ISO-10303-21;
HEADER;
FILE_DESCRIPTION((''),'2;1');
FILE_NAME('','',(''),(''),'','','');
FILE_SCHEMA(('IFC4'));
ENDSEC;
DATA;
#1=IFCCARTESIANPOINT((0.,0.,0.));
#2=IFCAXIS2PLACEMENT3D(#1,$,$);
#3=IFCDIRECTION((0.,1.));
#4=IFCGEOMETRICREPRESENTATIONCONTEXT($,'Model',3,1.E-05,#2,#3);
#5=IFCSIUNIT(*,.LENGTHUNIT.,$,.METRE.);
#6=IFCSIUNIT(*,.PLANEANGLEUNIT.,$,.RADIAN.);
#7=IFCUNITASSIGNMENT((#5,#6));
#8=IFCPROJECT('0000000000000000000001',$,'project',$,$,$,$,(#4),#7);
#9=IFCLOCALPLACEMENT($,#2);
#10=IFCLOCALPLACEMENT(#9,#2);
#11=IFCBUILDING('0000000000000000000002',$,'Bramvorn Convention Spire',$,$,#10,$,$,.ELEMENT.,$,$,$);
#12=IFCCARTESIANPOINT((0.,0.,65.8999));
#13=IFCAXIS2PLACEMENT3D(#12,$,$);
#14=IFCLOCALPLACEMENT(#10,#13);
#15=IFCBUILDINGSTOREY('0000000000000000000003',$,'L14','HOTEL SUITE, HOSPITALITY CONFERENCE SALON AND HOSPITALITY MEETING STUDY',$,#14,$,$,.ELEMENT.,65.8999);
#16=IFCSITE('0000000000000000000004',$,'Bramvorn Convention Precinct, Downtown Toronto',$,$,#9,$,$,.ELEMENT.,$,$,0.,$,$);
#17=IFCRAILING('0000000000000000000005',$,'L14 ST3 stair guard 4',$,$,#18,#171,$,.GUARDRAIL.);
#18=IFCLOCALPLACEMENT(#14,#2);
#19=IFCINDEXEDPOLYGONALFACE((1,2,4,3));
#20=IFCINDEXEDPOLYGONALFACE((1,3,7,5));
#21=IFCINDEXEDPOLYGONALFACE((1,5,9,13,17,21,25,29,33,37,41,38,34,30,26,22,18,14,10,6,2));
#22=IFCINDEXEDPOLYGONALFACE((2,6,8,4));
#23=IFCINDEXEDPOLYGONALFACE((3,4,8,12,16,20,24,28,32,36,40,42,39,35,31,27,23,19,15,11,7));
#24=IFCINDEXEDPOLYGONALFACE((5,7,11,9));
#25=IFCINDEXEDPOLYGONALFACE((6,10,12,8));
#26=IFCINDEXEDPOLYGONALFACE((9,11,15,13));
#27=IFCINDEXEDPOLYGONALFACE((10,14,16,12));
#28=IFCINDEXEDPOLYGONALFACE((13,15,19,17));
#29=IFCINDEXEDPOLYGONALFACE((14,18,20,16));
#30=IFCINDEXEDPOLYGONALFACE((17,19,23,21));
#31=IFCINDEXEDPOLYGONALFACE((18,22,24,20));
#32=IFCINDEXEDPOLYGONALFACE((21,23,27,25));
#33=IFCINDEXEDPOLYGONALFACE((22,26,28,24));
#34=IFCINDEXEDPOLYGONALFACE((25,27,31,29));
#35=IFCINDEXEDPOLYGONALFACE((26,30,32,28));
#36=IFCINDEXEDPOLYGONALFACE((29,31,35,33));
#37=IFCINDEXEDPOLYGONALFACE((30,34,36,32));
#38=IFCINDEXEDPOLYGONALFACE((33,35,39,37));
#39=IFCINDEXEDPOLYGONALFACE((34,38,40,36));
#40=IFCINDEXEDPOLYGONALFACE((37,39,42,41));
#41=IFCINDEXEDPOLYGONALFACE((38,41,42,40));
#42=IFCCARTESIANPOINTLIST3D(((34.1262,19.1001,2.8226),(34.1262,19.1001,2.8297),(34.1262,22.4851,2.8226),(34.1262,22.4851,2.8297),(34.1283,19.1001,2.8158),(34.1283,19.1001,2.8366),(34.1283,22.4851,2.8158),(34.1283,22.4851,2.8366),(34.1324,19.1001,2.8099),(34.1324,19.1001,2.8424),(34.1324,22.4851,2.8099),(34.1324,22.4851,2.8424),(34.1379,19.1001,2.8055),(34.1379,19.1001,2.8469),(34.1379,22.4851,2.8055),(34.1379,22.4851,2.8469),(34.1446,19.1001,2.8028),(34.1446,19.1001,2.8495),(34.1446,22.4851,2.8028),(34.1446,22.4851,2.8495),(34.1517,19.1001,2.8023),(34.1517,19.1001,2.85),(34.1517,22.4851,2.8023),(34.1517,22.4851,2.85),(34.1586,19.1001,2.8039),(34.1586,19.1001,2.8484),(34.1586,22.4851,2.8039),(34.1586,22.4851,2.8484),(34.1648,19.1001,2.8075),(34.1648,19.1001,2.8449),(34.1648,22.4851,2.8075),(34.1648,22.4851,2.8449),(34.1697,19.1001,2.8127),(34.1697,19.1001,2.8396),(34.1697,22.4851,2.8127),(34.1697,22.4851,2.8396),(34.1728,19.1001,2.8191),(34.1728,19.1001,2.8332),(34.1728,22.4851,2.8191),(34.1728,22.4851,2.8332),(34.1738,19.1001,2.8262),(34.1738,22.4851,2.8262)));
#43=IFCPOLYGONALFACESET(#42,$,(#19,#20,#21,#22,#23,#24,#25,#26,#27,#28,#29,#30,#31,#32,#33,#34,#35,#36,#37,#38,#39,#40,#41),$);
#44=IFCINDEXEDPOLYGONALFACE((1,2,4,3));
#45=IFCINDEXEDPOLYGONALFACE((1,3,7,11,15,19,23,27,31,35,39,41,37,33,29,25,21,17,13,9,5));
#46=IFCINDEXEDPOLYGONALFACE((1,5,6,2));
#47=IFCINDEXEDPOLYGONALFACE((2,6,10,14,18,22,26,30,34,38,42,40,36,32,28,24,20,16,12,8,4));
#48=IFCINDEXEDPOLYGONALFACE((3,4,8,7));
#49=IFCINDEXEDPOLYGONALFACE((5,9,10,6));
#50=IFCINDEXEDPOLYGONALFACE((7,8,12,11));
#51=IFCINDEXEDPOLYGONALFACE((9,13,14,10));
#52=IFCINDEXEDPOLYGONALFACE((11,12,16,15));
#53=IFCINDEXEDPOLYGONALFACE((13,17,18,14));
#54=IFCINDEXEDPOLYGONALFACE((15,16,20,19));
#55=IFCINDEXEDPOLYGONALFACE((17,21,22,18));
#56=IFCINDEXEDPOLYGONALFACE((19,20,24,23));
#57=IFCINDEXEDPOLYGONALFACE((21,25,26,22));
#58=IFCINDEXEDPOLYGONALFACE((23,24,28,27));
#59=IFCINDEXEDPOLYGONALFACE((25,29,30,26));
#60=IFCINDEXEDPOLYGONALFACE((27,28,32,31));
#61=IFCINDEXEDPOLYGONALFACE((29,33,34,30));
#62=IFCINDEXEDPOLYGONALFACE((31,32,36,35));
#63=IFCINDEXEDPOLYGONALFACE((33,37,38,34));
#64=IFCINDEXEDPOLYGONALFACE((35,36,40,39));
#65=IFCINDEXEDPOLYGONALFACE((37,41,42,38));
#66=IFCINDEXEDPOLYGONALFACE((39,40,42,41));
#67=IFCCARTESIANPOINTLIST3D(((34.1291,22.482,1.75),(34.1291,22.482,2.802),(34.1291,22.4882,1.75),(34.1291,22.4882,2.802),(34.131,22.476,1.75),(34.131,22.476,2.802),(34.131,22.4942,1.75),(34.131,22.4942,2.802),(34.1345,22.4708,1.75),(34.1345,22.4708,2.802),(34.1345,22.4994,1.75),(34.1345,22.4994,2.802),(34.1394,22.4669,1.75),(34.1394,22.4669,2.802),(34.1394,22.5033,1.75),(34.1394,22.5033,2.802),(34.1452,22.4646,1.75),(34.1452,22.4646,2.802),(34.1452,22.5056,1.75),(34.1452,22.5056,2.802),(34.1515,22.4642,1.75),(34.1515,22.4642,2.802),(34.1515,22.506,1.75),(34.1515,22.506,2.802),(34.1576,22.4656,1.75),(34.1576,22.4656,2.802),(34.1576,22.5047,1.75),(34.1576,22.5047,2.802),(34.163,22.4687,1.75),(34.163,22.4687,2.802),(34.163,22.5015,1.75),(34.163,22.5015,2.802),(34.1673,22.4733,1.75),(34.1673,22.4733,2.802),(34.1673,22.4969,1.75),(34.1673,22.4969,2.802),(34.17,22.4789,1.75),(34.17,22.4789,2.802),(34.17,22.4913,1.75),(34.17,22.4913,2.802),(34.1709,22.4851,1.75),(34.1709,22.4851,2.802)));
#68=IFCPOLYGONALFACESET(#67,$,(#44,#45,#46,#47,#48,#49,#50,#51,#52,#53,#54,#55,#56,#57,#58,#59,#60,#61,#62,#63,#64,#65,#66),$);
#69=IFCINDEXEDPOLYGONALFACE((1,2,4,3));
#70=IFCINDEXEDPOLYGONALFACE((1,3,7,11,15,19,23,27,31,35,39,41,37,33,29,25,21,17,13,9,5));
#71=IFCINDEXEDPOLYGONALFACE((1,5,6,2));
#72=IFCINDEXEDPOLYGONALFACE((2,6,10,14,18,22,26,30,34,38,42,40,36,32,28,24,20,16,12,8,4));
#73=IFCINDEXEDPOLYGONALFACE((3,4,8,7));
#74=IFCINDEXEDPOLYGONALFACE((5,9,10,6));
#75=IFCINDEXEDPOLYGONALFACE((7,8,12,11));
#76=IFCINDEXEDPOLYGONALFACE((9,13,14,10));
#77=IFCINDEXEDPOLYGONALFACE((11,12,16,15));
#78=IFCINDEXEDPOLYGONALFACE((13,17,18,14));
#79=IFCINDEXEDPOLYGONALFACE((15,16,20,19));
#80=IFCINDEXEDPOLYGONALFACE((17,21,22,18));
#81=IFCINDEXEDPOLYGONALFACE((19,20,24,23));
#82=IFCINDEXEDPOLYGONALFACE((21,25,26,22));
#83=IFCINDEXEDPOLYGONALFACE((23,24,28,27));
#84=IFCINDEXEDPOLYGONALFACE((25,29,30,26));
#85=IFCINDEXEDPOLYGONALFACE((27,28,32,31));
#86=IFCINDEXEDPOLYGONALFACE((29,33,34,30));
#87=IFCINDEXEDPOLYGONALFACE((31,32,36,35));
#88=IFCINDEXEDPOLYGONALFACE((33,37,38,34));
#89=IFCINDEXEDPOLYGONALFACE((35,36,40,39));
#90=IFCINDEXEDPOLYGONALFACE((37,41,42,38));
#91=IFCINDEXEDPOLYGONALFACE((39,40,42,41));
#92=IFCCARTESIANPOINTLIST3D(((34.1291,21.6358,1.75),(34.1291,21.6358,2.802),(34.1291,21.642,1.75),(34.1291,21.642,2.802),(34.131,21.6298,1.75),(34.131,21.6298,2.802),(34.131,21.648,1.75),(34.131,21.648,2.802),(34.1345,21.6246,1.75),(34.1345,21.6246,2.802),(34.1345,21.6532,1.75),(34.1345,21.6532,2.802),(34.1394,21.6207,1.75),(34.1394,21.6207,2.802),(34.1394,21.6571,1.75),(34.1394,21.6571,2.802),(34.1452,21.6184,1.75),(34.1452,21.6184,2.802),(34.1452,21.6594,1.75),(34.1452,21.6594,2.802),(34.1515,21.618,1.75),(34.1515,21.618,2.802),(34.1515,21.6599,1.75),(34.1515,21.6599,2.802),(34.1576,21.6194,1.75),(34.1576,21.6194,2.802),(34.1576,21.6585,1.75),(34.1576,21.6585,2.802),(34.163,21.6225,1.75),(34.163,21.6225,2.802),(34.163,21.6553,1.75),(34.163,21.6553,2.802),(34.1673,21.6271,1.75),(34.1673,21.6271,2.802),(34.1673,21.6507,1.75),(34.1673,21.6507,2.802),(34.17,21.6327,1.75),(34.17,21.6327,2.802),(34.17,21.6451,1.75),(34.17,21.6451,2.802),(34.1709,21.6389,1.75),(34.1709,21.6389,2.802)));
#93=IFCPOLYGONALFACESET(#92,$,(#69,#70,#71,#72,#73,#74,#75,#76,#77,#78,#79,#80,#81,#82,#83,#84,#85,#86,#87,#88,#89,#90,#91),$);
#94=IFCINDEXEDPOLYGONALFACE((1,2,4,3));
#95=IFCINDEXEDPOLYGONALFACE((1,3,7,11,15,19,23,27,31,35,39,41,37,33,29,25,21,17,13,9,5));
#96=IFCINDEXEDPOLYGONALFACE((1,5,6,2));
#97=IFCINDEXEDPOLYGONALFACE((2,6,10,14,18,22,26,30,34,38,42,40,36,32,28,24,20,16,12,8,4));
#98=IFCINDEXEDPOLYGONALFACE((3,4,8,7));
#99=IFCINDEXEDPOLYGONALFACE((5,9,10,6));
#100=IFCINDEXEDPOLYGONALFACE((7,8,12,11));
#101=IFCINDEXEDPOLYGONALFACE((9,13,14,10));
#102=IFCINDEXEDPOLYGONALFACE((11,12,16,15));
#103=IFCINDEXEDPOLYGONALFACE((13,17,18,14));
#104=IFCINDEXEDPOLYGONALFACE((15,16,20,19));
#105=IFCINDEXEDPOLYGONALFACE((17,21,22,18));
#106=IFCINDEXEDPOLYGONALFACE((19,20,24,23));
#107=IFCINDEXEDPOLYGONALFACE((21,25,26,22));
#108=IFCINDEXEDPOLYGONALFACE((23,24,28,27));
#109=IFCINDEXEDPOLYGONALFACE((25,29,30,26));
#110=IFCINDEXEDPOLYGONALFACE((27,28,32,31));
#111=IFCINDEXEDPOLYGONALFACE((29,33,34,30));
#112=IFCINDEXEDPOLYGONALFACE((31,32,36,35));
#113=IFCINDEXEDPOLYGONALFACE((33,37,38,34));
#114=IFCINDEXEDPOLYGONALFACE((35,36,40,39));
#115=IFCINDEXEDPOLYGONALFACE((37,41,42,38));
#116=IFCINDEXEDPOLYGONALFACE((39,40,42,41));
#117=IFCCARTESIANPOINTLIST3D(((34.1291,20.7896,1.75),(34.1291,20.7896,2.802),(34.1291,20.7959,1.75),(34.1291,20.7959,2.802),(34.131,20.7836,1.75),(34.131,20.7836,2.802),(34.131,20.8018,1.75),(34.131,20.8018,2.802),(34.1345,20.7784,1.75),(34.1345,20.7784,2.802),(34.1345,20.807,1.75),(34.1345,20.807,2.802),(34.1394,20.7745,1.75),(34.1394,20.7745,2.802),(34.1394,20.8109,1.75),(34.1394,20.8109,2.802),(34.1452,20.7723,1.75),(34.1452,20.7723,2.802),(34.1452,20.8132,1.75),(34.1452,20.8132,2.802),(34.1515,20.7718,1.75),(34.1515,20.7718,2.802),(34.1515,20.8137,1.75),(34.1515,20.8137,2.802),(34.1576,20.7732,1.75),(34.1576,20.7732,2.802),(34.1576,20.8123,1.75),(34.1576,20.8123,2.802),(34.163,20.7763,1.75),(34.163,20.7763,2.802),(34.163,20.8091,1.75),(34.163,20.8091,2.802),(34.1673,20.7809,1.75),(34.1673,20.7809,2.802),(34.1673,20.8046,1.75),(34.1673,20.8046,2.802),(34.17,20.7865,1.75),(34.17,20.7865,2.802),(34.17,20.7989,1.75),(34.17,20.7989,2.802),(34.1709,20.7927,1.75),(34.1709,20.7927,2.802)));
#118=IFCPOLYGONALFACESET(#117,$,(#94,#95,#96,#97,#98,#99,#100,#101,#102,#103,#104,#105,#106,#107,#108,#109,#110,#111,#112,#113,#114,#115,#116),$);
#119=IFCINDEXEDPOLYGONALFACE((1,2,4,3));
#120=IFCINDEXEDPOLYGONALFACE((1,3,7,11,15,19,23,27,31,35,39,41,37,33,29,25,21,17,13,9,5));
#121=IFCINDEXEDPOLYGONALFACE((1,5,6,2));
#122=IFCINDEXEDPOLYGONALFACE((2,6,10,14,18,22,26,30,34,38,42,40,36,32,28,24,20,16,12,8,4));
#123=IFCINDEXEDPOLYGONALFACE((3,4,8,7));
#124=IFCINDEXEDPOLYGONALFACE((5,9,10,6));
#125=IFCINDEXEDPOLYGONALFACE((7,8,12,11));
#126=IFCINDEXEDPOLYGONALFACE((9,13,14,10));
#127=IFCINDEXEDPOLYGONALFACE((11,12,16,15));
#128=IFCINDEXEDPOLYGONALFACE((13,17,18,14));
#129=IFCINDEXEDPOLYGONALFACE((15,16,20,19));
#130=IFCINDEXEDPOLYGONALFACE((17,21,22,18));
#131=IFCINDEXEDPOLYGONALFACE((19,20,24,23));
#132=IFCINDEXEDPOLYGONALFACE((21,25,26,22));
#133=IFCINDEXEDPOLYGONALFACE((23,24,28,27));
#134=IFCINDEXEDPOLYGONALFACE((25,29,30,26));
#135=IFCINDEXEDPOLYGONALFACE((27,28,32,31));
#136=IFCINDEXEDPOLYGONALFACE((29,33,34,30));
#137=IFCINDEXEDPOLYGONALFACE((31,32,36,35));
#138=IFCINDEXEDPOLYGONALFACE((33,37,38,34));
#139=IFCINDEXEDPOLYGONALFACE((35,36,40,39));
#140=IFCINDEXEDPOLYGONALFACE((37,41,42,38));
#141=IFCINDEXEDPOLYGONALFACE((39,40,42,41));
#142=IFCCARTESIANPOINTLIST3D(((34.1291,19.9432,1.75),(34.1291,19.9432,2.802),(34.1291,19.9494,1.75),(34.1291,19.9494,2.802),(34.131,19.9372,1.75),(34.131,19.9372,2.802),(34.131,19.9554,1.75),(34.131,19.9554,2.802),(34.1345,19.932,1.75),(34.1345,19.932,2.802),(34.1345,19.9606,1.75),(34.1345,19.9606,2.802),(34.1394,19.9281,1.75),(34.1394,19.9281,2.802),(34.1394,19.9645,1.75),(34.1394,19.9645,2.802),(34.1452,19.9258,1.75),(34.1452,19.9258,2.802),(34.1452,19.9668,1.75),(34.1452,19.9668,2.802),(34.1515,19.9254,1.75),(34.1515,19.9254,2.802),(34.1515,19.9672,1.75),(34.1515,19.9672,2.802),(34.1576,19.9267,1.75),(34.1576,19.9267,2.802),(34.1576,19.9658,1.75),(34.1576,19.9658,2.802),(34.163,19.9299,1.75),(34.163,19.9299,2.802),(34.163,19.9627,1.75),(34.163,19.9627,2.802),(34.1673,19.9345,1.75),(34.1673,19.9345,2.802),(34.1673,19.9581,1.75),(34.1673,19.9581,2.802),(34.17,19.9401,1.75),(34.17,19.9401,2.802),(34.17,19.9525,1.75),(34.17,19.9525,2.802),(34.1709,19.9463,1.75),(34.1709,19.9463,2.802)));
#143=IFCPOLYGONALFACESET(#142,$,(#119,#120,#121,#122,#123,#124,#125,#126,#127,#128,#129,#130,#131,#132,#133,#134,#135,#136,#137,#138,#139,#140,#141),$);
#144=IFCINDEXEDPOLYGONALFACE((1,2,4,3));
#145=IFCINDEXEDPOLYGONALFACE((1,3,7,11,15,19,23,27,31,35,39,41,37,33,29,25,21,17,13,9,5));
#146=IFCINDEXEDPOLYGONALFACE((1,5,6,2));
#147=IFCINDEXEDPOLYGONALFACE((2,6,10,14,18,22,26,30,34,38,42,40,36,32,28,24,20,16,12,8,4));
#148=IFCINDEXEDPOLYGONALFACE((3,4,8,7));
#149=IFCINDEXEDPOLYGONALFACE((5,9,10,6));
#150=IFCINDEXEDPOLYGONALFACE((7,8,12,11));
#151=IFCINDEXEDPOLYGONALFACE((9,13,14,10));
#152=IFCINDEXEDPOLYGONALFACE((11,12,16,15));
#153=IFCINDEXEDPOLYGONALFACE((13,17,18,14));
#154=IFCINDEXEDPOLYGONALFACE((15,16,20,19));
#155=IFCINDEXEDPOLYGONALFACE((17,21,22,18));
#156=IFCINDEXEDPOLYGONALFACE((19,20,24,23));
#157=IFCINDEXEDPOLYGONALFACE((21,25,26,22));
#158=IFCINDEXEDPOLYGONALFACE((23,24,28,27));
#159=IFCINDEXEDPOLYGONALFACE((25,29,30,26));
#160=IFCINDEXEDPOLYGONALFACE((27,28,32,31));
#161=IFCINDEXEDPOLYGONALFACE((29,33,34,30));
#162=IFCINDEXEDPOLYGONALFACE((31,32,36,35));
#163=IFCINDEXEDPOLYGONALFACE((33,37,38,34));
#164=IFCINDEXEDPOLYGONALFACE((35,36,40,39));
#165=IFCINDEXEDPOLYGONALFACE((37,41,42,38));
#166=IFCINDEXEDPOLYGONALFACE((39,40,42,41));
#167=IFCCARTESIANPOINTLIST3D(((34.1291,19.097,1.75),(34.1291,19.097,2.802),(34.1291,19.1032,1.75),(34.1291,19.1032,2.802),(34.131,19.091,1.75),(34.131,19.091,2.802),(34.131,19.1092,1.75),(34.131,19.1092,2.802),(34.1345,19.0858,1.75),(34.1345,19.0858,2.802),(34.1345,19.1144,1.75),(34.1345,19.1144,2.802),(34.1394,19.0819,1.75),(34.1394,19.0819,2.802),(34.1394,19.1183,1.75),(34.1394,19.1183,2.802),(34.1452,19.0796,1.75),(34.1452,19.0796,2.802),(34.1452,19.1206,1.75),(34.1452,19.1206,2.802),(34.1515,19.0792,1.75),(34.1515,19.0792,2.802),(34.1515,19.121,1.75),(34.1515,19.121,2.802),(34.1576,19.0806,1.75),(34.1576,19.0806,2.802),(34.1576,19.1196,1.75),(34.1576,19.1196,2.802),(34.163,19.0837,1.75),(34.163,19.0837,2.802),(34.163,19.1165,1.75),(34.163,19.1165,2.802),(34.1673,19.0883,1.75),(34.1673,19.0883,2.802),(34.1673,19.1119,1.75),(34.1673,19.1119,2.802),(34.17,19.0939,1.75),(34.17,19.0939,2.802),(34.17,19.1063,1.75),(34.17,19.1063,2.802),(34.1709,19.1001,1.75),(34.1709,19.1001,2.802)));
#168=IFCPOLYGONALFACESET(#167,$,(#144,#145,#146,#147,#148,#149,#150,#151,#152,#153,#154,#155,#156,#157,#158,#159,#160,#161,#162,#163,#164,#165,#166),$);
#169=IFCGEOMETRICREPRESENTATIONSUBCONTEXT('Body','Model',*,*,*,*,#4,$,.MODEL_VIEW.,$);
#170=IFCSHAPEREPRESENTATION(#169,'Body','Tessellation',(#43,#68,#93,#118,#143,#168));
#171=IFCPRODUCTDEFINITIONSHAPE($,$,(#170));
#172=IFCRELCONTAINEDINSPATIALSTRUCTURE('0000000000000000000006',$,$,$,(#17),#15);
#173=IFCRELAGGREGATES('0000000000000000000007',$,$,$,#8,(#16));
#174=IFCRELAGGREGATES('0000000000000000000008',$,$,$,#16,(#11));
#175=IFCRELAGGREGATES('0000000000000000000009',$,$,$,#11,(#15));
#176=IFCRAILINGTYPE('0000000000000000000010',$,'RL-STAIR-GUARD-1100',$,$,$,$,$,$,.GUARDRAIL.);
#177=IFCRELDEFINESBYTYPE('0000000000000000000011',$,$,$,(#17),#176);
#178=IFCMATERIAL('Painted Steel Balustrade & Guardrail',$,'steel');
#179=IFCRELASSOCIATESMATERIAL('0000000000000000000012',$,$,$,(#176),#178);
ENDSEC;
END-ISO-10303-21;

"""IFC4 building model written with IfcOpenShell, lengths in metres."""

from ifc_helpers import new_model, si_unit, direction, frame, origin, origin_2d, place, context, subcontext, project, spatial, circle, extrude, material, type_object, element, save


model = new_model("IFC4")

# Units and contexts
model_context = context("Model", 3, precision=1e-05, world=origin(), true_north=direction((0.0, 1.0)))
body_context = subcontext(model_context, "Body", "Model", "MODEL_VIEW")
ifc_project = project(units=[si_unit("LENGTHUNIT", "METRE"), si_unit("PLANEANGLEUNIT", "RADIAN")], contexts=[model_context])

# Site, building, storey
site_placement = place(None, origin())
site = spatial("IfcSite", under=ifc_project, at=site_placement, Name="Bramvorn Convention Precinct, Downtown Toronto", CompositionType="ELEMENT", RefElevation=0.0)
building_placement = place(site_placement, origin())
building = spatial("IfcBuilding", under=site, at=building_placement, Name="Bramvorn Convention Spire", CompositionType="ELEMENT")
storey_placement = place(building_placement, frame((0.0, 0.0, 65.8999)))
storey = spatial("IfcBuildingStorey", under=building, at=storey_placement, Name="L14", Description="HOTEL SUITE, HOSPITALITY CONFERENCE SALON AND HOSPITALITY MEETING STUDY", CompositionType="ELEMENT", Elevation=65.8999)

# Railing
ifc_material_1 = material(Name="Painted Steel Balustrade & Guardrail", Category="steel")
railing_type_1 = type_object("IfcRailingType", Name="RL-STAIR-GUARD-1100", PredefinedType="GUARDRAIL", material=ifc_material_1)
railing_1_placement = place(storey_placement, frame((34.1499, 22.4851, 1.75)))
element("IfcRailing", 1, at=railing_1_placement, inside=storey, type_object=railing_type_1, Name="L14 ST3 stair guard 4", PredefinedType="GUARDRAIL", context=body_context, shape_type="SweptSolid", body=[
    extrude(circle(Radius=0.0239, at=origin_2d()), frame((0.0, 0.0, 1.0762), z_axis=(0.0, -1.0, 0.0), x_axis=(1.0, 0.0, 0.0)), (0.0, 0.0, 1.0), 3.385),
    extrude(circle(Radius=0.021, at=origin_2d()), origin(), (0.0, 0.0, 1.0), 1.052),
    extrude(circle(Radius=0.021, at=origin_2d()), frame((0.0, -0.8462, 0.0)), (0.0, 0.0, 1.0), 1.052),
    extrude(circle(Radius=0.021, at=origin_2d()), frame((0.0, -1.6924, 0.0)), (0.0, 0.0, 1.0), 1.052),
    extrude(circle(Radius=0.021, at=origin_2d()), frame((0.0, -2.5388, 0.0)), (0.0, 0.0, 1.0), 1.052),
    extrude(circle(Radius=0.021, at=origin_2d()), frame((0.0, -3.385, 0.0)), (0.0, 0.0, 1.0), 1.052),
])

save(model, "model.ifc")
